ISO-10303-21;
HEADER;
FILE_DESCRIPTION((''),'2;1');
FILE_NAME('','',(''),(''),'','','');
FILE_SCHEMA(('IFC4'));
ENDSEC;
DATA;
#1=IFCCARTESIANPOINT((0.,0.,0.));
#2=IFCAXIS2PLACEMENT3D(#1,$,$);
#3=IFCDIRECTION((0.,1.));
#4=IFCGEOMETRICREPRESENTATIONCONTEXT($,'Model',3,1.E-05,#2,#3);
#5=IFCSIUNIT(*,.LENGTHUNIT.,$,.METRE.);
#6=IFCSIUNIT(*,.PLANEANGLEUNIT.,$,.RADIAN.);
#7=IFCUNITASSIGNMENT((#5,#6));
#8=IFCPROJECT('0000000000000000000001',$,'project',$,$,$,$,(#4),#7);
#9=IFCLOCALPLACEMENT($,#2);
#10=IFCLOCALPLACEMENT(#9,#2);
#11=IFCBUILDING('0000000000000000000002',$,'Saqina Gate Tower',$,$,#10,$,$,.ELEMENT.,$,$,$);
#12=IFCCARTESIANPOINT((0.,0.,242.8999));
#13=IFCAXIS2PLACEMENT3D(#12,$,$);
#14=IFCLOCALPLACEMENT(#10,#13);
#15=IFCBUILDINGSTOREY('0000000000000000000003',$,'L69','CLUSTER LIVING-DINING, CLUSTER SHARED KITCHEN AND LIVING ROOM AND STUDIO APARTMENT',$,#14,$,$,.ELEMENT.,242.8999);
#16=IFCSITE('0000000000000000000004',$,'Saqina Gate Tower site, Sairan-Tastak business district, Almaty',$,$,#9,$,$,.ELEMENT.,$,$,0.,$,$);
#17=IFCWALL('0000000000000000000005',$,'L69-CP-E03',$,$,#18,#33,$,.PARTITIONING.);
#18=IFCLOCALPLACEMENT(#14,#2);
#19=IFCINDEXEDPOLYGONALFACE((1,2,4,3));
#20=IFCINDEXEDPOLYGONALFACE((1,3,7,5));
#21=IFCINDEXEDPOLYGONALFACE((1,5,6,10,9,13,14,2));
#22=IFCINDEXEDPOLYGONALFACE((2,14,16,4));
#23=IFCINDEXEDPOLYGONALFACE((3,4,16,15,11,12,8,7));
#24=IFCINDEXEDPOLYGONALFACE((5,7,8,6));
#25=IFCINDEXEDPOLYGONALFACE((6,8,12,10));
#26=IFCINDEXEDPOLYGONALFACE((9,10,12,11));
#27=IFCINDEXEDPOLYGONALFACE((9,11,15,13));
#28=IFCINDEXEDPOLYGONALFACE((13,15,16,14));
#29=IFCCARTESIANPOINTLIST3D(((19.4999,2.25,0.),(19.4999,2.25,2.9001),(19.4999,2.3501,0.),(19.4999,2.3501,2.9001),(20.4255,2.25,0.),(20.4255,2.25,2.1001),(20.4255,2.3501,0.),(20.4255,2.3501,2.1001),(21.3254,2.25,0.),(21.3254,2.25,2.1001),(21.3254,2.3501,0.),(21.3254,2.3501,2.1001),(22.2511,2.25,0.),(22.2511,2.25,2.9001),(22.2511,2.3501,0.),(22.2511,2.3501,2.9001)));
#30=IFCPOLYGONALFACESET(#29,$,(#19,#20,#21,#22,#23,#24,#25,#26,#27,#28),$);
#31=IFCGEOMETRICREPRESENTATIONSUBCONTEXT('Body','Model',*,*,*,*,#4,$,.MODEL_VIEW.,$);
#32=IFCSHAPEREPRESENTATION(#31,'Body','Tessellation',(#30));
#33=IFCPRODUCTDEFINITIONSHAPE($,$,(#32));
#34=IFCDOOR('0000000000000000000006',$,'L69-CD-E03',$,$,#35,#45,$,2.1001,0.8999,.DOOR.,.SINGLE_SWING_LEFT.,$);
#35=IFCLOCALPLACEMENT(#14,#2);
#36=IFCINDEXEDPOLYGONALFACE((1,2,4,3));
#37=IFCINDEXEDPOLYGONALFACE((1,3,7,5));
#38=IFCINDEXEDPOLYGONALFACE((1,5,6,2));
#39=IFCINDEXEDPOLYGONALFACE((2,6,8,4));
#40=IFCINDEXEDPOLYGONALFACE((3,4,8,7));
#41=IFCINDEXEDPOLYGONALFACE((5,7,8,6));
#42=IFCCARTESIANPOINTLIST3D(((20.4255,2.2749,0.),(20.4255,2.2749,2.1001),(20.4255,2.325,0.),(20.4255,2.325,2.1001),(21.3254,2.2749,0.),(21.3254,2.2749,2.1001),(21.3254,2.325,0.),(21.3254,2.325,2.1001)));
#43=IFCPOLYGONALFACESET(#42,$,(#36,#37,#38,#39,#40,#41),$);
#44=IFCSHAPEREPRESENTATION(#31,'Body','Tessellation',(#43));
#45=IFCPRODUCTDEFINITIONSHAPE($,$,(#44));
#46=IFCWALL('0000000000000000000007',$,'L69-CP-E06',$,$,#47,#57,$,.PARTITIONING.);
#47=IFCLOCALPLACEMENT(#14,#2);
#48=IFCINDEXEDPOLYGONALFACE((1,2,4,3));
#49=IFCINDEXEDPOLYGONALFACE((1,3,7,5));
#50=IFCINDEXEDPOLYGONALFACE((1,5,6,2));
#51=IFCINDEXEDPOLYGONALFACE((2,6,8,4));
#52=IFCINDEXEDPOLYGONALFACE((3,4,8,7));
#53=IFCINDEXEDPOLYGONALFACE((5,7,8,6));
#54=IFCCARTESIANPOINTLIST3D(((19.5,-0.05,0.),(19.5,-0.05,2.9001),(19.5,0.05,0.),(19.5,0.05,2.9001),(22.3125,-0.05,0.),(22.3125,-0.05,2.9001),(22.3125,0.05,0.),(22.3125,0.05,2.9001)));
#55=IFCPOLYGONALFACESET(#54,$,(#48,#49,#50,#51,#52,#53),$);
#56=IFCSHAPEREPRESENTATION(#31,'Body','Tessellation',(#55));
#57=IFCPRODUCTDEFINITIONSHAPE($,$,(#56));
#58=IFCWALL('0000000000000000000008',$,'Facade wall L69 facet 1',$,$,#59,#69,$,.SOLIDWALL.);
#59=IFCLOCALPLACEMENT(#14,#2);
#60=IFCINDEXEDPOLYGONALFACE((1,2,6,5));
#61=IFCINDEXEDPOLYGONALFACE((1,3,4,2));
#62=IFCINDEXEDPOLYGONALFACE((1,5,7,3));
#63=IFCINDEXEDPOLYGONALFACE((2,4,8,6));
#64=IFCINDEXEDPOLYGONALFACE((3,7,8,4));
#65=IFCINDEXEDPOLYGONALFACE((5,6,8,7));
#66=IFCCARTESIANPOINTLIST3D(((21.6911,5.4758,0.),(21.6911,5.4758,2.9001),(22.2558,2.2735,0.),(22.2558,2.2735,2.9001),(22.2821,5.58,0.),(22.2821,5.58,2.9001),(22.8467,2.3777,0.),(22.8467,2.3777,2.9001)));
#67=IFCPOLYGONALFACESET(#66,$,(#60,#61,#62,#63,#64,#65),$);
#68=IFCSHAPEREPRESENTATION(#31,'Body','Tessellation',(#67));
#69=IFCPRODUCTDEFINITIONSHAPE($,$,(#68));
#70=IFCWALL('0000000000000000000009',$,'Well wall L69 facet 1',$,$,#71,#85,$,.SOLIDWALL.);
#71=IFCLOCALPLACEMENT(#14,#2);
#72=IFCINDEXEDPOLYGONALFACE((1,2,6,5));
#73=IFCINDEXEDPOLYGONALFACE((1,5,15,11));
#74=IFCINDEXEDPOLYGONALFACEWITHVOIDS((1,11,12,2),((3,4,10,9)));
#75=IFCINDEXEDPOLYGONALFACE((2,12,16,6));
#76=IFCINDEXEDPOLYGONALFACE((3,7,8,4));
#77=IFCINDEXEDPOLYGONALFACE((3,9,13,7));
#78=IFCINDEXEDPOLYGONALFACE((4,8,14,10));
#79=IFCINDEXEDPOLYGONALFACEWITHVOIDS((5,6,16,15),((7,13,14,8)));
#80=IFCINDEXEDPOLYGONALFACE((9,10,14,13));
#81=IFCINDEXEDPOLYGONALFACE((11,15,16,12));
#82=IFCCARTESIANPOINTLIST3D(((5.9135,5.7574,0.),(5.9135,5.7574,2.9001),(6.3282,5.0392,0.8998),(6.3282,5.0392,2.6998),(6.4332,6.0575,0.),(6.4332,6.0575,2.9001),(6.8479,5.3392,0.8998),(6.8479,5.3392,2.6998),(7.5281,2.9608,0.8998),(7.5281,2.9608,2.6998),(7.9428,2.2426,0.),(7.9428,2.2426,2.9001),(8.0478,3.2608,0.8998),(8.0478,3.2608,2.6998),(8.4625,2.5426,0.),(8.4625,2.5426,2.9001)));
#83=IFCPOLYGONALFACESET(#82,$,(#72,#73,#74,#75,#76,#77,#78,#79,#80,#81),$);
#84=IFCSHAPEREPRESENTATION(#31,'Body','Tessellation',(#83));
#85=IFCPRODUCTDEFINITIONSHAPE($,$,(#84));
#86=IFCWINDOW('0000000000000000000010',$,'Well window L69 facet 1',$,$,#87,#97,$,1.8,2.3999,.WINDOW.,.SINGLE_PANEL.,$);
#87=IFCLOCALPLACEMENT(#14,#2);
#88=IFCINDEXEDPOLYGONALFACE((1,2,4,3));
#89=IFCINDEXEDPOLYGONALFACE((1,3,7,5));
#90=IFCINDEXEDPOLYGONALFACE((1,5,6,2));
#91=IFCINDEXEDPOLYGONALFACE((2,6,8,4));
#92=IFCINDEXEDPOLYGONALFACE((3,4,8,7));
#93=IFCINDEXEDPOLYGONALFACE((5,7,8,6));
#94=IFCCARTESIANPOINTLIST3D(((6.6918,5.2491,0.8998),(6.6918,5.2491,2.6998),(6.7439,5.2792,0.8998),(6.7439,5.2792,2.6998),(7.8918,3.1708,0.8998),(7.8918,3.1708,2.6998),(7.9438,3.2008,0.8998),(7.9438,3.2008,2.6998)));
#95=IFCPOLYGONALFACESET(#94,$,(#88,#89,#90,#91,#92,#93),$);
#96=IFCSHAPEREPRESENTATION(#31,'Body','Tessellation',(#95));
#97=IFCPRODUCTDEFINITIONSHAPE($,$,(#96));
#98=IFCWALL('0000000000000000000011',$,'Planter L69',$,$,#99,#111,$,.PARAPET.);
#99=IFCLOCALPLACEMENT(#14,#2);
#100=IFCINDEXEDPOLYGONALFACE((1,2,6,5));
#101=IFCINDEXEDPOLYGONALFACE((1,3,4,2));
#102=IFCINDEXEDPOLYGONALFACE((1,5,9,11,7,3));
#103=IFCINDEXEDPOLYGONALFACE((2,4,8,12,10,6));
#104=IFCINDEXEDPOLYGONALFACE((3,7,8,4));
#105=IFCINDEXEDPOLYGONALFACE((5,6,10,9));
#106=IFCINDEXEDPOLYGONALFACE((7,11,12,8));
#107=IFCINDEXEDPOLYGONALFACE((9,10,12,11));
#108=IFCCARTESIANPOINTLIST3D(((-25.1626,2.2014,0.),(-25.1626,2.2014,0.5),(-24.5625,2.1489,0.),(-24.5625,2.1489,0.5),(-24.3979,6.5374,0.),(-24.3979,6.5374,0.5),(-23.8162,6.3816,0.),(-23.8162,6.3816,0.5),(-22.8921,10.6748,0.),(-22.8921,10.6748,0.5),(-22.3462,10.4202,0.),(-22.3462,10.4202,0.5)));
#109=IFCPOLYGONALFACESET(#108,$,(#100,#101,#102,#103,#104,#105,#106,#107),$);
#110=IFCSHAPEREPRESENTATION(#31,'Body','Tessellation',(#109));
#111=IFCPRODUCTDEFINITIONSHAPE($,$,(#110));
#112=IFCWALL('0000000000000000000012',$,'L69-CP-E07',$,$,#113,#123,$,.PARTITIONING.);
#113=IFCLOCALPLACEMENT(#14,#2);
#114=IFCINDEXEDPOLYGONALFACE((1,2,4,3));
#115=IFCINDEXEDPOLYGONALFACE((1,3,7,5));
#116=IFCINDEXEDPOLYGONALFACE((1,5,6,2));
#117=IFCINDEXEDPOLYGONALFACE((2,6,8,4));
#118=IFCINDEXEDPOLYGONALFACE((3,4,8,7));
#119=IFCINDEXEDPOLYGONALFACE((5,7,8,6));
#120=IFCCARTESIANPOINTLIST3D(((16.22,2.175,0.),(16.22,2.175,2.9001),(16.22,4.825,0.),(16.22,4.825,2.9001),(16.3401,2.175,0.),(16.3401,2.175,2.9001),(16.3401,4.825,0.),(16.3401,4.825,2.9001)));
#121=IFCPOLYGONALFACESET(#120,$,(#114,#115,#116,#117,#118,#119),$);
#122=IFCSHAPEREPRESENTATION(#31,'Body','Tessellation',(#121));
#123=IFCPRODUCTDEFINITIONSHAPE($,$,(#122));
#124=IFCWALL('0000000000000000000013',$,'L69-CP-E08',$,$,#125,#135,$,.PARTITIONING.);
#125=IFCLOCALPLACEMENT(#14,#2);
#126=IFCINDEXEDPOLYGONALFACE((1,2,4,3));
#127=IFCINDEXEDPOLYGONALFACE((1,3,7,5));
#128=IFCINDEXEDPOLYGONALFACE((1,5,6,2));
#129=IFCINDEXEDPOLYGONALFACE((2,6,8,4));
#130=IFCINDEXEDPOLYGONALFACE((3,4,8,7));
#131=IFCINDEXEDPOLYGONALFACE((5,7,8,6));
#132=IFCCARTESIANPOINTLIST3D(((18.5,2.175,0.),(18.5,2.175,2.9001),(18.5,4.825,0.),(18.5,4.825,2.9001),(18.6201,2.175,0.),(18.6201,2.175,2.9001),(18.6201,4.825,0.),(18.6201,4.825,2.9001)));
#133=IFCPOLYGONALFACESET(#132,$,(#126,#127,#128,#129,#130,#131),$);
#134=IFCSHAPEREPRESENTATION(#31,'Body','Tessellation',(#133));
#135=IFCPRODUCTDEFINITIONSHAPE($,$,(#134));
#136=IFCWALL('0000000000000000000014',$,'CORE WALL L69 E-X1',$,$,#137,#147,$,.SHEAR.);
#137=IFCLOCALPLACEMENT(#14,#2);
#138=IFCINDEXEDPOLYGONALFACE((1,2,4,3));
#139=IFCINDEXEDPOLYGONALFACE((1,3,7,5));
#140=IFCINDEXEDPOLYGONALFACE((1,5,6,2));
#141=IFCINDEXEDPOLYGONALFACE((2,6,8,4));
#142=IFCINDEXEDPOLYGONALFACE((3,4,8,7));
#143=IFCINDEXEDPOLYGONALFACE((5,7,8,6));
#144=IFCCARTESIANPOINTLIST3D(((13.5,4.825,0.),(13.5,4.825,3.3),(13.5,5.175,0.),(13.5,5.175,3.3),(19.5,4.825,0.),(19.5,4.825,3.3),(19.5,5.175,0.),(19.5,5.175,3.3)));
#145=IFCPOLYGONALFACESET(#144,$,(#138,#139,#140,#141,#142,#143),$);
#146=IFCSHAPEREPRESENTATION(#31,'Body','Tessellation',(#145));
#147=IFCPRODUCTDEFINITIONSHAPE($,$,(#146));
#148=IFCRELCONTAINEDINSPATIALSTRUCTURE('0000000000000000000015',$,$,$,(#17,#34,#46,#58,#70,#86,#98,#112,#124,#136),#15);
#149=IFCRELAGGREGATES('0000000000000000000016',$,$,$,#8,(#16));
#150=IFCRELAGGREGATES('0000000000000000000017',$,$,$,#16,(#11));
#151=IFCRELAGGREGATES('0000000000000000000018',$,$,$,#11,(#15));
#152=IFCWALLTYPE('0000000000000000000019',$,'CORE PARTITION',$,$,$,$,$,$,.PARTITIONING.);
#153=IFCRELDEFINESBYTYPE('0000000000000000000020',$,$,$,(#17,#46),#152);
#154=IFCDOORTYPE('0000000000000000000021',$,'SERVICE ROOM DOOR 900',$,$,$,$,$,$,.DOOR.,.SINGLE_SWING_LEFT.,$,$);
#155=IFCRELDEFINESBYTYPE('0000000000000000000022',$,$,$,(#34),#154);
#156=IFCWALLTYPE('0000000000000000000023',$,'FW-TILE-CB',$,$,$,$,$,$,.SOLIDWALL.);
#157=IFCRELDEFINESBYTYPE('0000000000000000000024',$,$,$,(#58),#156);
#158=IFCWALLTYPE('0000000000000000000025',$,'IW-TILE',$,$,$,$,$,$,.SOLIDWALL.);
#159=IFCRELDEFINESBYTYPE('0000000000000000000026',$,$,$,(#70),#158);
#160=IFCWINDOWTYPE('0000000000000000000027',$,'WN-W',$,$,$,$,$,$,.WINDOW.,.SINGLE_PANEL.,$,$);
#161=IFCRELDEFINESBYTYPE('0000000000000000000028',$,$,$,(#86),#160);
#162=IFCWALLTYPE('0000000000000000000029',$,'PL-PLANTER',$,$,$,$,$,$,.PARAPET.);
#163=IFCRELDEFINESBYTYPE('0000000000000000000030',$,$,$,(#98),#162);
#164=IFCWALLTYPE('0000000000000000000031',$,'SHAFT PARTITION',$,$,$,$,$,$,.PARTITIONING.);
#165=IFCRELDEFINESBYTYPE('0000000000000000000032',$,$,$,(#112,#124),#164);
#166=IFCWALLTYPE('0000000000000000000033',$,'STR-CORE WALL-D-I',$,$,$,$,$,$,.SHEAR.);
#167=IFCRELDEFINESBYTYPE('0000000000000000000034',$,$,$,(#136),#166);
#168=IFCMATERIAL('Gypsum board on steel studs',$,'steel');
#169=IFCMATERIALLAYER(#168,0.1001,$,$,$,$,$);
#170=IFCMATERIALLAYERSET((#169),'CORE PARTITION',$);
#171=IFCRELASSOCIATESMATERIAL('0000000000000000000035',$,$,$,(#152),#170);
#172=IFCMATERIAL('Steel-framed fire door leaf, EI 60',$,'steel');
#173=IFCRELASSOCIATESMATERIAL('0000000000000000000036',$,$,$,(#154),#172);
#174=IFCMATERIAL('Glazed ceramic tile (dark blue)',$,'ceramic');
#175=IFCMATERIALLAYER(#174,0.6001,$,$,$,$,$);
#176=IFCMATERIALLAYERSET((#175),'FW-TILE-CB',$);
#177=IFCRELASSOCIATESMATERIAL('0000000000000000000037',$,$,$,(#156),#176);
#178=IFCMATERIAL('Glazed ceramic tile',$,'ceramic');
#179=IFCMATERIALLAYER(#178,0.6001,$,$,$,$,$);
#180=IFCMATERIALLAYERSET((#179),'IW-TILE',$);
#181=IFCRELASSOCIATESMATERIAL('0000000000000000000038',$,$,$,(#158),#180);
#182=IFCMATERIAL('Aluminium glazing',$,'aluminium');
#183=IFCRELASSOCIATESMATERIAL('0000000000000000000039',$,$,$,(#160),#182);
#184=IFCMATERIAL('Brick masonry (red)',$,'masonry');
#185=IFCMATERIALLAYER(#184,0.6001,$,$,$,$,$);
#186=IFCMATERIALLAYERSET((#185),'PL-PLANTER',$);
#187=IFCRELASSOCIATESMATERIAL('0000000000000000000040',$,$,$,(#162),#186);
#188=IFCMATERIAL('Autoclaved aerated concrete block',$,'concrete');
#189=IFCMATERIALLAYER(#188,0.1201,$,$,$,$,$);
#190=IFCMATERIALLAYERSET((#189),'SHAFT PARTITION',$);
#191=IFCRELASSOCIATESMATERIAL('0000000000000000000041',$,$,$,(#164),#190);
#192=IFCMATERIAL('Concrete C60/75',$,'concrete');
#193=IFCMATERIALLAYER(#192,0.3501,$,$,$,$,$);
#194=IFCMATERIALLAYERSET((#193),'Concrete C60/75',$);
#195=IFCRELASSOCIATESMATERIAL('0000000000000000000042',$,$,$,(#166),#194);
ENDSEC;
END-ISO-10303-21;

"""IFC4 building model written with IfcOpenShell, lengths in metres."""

from ifc_helpers import new_model, si_unit, direction, frame, frame_2d, origin, place, context, subcontext, project, spatial, polyline, rectangle, outline, extrude, material, layer, layer_set, type_object, element, fill, save


model = new_model("IFC4")

# Units and contexts
model_context = context("Model", 3, precision=1e-05, world=origin(), true_north=direction((0.0, 1.0)))
body_context = subcontext(model_context, "Body", "Model", "MODEL_VIEW")
ifc_project = project(units=[si_unit("LENGTHUNIT", "METRE"), si_unit("PLANEANGLEUNIT", "RADIAN")], contexts=[model_context])

# Site, building, storey
site_placement = place(None, origin())
site = spatial("IfcSite", under=ifc_project, at=site_placement, Name="Saqina Gate Tower site, Sairan-Tastak business district, Almaty", CompositionType="ELEMENT", RefElevation=0.0)
building_placement = place(site_placement, origin())
building = spatial("IfcBuilding", under=site, at=building_placement, Name="Saqina Gate Tower", CompositionType="ELEMENT")
storey_placement = place(building_placement, frame((0.0, 0.0, 242.8999)))
storey = spatial("IfcBuildingStorey", under=building, at=storey_placement, Name="L69", Description="CLUSTER LIVING-DINING, CLUSTER SHARED KITCHEN AND LIVING ROOM AND STUDIO APARTMENT", CompositionType="ELEMENT", Elevation=242.8999)

# Shared definitions
ifc_material_1 = material(Name="Gypsum board on steel studs", Category="steel")
ifc_layer_1 = layer(ifc_material_1, 0.1001)
ifc_layer_set_1 = layer_set([ifc_layer_1], Name="CORE PARTITION")
wall_type_1 = type_object("IfcWallType", Name="CORE PARTITION", PredefinedType="PARTITIONING", material=ifc_layer_set_1)

# Wall, opening, door
wall_1_placement = place(storey_placement, frame((19.5, 2.3, 0.0), z_axis=(0.0, 0.0, 1.0), x_axis=(1.0, 0.0, 0.0)))
wall_1 = element("IfcWall", 1, at=wall_1_placement, inside=storey, type_object=wall_type_1, Name="L69-CP-E03", PredefinedType="PARTITIONING", context=body_context, shape_type="SweptSolid", body=[
    extrude(rectangle(XDim=2.7512, YDim=0.1001, at=frame_2d((1.3755, 0.0))), origin(), (0.0, 0.0, 1.0), 2.9001),
])
opening_1_placement = place(wall_1_placement, frame((0.9255, 0.0, 0.0)))
opening_1 = element("IfcOpeningElement", 2, at=opening_1_placement, cuts=wall_1, PredefinedType="OPENING", context=body_context, shape_type="SweptSolid", body=[
    extrude(rectangle(XDim=0.8999, YDim=2.1001, at=frame_2d((0.45, 1.05))), frame((0.0, 0.062, 0.0), z_axis=(0.0, -1.0, 0.0), x_axis=(1.0, 0.0, 0.0)), (0.0, 0.0, 1.0), 0.124),
])
ifc_material_2 = material(Name="Steel-framed fire door leaf, EI 60", Category="steel")
door_type_1 = type_object("IfcDoorType", Name="SERVICE ROOM DOOR 900", OperationType="SINGLE_SWING_LEFT", PredefinedType="DOOR", material=ifc_material_2)
door_1_placement = place(opening_1_placement, origin())
door_1 = element("IfcDoor", 3, at=door_1_placement, inside=storey, type_object=door_type_1, Name="L69-CD-E03", OperationType="SINGLE_SWING_LEFT", OverallHeight=2.1001, OverallWidth=0.8999, PredefinedType="DOOR", context=body_context, shape_type="SweptSolid", body=[
    extrude(rectangle(XDim=0.8999, YDim=2.1001, at=frame_2d((0.45, 1.05))), frame((0.0, 0.0249, 0.0), z_axis=(0.0, -1.0, 0.0), x_axis=(1.0, 0.0, 0.0)), (0.0, 0.0, 1.0), 0.05),
])
fill(opening_1, door_1)

# Walls
wall_2_placement = place(storey_placement, frame((19.5, 0.0, 0.0), z_axis=(0.0, 0.0, 1.0), x_axis=(1.0, 0.0, 0.0)))
element("IfcWall", 4, at=wall_2_placement, inside=storey, type_object=wall_type_1, Name="L69-CP-E06", PredefinedType="PARTITIONING", context=body_context, shape_type="SweptSolid", body=[
    extrude(rectangle(XDim=2.8125, YDim=0.1001, at=frame_2d((1.4062, 0.0))), origin(), (0.0, 0.0, 1.0), 2.9001),
])
ifc_material_3 = material(Name="Glazed ceramic tile (dark blue)", Category="ceramic")
ifc_layer_2 = layer(ifc_material_3, 0.6001)
ifc_layer_set_2 = layer_set([ifc_layer_2], Name="FW-TILE-CB")
wall_type_2 = type_object("IfcWallType", Name="FW-TILE-CB", PredefinedType="SOLIDWALL", material=ifc_layer_set_2)
wall_3_placement = place(storey_placement, frame((22.5513, 2.3254, 0.0), z_axis=(0.0, 0.0, 1.0), x_axis=(-0.173657, 0.984806, 0.0)))
element("IfcWall", 5, at=wall_3_placement, inside=storey, type_object=wall_type_2, Name="Facade wall L69 facet 1", PredefinedType="SOLIDWALL", context=body_context, shape_type="SweptSolid", body=[
    extrude(rectangle(XDim=3.2517, YDim=0.6001, at=frame_2d((1.626, 0.0))), origin(), (0.0, 0.0, 1.0), 2.9001),
])

# Wall, opening, window
ifc_material_4 = material(Name="Glazed ceramic tile", Category="ceramic")
ifc_layer_3 = layer(ifc_material_4, 0.6001)
ifc_layer_set_3 = layer_set([ifc_layer_3], Name="IW-TILE")
wall_type_3 = type_object("IfcWallType", Name="IW-TILE", PredefinedType="SOLIDWALL", material=ifc_layer_set_3)
wall_4_placement = place(storey_placement, frame((8.2026, 2.3926, 0.0), z_axis=(0.0, 0.0, 1.0), x_axis=(-0.499995, 0.866028, 0.0)))
wall_4 = element("IfcWall", 6, at=wall_4_placement, inside=storey, type_object=wall_type_3, Name="Well wall L69 facet 1", PredefinedType="SOLIDWALL", context=body_context, shape_type="SweptSolid", body=[
    extrude(rectangle(XDim=4.0586, YDim=0.6001, at=frame_2d((2.0293, 0.0))), origin(), (0.0, 0.0, 1.0), 2.9001),
])
opening_2_placement = place(wall_4_placement, frame((0.8293, 0.0, 0.8999)))
opening_2 = element("IfcOpeningElement", 7, at=opening_2_placement, cuts=wall_4, PredefinedType="OPENING", context=body_context, shape_type="SweptSolid", body=[
    extrude(rectangle(XDim=2.3999, YDim=1.8, at=frame_2d((1.2, 0.8999))), frame((0.0, 0.312, 0.0), z_axis=(0.0, -1.0, 0.0), x_axis=(1.0, 0.0, 0.0)), (0.0, 0.0, 1.0), 0.624),
])
ifc_material_5 = material(Name="Aluminium glazing", Category="aluminium")
window_type = type_object("IfcWindowType", Name="WN-W", PartitioningType="SINGLE_PANEL", PredefinedType="WINDOW", material=ifc_material_5)
window_placement = place(opening_2_placement, origin())
window = element("IfcWindow", 8, at=window_placement, inside=storey, type_object=window_type, Name="Well window L69 facet 1", OverallHeight=1.8, OverallWidth=2.3999, PartitioningType="SINGLE_PANEL", PredefinedType="WINDOW", context=body_context, shape_type="SweptSolid", body=[
    extrude(rectangle(XDim=2.3999, YDim=1.8, at=frame_2d((1.2, 0.8999))), frame((0.0, -0.1199, 0.0), z_axis=(0.0, -1.0, 0.0), x_axis=(1.0, 0.0, 0.0)), (0.0, 0.0, 1.0), 0.0601),
])
fill(opening_2, window)

# Walls
ifc_material_6 = material(Name="Brick masonry (red)", Category="masonry")
ifc_layer_4 = layer(ifc_material_6, 0.6001)
ifc_layer_set_4 = layer_set([ifc_layer_4], Name="PL-PLANTER")
wall_type_4 = type_object("IfcWallType", Name="PL-PLANTER", PredefinedType="PARAPET", material=ifc_layer_set_4)
wall_5_placement = place(storey_placement, origin())
element("IfcWall", 9, at=wall_5_placement, inside=storey, type_object=wall_type_4, Name="Planter L69", PredefinedType="PARAPET", context=body_context, shape_type="SweptSolid", body=[
    extrude(outline(polyline([(-22.8921, 10.6748), (-24.3979, 6.5374), (-25.1626, 2.2014), (-24.5625, 2.1489), (-23.8162, 6.3816), (-22.3462, 10.4202), (-22.8921, 10.6748)])), origin(), (0.0, 0.0, 1.0), 0.5),
])
ifc_material_7 = material(Name="Autoclaved aerated concrete block", Category="concrete")
ifc_layer_5 = layer(ifc_material_7, 0.1201)
ifc_layer_set_5 = layer_set([ifc_layer_5], Name="SHAFT PARTITION")
wall_type_5 = type_object("IfcWallType", Name="SHAFT PARTITION", PredefinedType="PARTITIONING", material=ifc_layer_set_5)
for number, where, z_axis, x_axis, name in (
    (10, (16.28, 2.175, 0.0), (0.0, 0.0, 1.0), (0.0, 1.0, 0.0), "L69-CP-E07"),
    (11, (18.5601, 2.175, 0.0), (0.0, 0.0, 1.0), (0.0, 1.0, 0.0), "L69-CP-E08"),
):
    element("IfcWall", number, at=place(storey_placement, frame(where, z_axis=z_axis, x_axis=x_axis)), inside=storey, type_object=wall_type_5, Name=name, PredefinedType="PARTITIONING", context=body_context, shape_type="SweptSolid", body=[
        extrude(rectangle(XDim=2.6499, YDim=0.1201, at=frame_2d((1.325, 0.0))), origin(), (0.0, 0.0, 1.0), 2.9001),
    ])
ifc_material_8 = material(Name="Concrete C60/75", Category="concrete")
ifc_layer_6 = layer(ifc_material_8, 0.3501)
ifc_layer_set_6 = layer_set([ifc_layer_6], Name="Concrete C60/75")
wall_type_6 = type_object("IfcWallType", Name="STR-CORE WALL-D-I", PredefinedType="SHEAR", material=ifc_layer_set_6)
wall_6_placement = place(storey_placement, frame((13.5, 5.0, 0.0), z_axis=(0.0, 0.0, 1.0), x_axis=(1.0, 0.0, 0.0)))
element("IfcWall", 12, at=wall_6_placement, inside=storey, type_object=wall_type_6, Name="CORE WALL L69 E-X1", PredefinedType="SHEAR", context=body_context, shape_type="SweptSolid", body=[
    extrude(rectangle(XDim=6.0, YDim=0.3501, at=frame_2d((3.0, 0.0))), origin(), (0.0, 0.0, 1.0), 3.3),
])

save(model, "model.ifc")
